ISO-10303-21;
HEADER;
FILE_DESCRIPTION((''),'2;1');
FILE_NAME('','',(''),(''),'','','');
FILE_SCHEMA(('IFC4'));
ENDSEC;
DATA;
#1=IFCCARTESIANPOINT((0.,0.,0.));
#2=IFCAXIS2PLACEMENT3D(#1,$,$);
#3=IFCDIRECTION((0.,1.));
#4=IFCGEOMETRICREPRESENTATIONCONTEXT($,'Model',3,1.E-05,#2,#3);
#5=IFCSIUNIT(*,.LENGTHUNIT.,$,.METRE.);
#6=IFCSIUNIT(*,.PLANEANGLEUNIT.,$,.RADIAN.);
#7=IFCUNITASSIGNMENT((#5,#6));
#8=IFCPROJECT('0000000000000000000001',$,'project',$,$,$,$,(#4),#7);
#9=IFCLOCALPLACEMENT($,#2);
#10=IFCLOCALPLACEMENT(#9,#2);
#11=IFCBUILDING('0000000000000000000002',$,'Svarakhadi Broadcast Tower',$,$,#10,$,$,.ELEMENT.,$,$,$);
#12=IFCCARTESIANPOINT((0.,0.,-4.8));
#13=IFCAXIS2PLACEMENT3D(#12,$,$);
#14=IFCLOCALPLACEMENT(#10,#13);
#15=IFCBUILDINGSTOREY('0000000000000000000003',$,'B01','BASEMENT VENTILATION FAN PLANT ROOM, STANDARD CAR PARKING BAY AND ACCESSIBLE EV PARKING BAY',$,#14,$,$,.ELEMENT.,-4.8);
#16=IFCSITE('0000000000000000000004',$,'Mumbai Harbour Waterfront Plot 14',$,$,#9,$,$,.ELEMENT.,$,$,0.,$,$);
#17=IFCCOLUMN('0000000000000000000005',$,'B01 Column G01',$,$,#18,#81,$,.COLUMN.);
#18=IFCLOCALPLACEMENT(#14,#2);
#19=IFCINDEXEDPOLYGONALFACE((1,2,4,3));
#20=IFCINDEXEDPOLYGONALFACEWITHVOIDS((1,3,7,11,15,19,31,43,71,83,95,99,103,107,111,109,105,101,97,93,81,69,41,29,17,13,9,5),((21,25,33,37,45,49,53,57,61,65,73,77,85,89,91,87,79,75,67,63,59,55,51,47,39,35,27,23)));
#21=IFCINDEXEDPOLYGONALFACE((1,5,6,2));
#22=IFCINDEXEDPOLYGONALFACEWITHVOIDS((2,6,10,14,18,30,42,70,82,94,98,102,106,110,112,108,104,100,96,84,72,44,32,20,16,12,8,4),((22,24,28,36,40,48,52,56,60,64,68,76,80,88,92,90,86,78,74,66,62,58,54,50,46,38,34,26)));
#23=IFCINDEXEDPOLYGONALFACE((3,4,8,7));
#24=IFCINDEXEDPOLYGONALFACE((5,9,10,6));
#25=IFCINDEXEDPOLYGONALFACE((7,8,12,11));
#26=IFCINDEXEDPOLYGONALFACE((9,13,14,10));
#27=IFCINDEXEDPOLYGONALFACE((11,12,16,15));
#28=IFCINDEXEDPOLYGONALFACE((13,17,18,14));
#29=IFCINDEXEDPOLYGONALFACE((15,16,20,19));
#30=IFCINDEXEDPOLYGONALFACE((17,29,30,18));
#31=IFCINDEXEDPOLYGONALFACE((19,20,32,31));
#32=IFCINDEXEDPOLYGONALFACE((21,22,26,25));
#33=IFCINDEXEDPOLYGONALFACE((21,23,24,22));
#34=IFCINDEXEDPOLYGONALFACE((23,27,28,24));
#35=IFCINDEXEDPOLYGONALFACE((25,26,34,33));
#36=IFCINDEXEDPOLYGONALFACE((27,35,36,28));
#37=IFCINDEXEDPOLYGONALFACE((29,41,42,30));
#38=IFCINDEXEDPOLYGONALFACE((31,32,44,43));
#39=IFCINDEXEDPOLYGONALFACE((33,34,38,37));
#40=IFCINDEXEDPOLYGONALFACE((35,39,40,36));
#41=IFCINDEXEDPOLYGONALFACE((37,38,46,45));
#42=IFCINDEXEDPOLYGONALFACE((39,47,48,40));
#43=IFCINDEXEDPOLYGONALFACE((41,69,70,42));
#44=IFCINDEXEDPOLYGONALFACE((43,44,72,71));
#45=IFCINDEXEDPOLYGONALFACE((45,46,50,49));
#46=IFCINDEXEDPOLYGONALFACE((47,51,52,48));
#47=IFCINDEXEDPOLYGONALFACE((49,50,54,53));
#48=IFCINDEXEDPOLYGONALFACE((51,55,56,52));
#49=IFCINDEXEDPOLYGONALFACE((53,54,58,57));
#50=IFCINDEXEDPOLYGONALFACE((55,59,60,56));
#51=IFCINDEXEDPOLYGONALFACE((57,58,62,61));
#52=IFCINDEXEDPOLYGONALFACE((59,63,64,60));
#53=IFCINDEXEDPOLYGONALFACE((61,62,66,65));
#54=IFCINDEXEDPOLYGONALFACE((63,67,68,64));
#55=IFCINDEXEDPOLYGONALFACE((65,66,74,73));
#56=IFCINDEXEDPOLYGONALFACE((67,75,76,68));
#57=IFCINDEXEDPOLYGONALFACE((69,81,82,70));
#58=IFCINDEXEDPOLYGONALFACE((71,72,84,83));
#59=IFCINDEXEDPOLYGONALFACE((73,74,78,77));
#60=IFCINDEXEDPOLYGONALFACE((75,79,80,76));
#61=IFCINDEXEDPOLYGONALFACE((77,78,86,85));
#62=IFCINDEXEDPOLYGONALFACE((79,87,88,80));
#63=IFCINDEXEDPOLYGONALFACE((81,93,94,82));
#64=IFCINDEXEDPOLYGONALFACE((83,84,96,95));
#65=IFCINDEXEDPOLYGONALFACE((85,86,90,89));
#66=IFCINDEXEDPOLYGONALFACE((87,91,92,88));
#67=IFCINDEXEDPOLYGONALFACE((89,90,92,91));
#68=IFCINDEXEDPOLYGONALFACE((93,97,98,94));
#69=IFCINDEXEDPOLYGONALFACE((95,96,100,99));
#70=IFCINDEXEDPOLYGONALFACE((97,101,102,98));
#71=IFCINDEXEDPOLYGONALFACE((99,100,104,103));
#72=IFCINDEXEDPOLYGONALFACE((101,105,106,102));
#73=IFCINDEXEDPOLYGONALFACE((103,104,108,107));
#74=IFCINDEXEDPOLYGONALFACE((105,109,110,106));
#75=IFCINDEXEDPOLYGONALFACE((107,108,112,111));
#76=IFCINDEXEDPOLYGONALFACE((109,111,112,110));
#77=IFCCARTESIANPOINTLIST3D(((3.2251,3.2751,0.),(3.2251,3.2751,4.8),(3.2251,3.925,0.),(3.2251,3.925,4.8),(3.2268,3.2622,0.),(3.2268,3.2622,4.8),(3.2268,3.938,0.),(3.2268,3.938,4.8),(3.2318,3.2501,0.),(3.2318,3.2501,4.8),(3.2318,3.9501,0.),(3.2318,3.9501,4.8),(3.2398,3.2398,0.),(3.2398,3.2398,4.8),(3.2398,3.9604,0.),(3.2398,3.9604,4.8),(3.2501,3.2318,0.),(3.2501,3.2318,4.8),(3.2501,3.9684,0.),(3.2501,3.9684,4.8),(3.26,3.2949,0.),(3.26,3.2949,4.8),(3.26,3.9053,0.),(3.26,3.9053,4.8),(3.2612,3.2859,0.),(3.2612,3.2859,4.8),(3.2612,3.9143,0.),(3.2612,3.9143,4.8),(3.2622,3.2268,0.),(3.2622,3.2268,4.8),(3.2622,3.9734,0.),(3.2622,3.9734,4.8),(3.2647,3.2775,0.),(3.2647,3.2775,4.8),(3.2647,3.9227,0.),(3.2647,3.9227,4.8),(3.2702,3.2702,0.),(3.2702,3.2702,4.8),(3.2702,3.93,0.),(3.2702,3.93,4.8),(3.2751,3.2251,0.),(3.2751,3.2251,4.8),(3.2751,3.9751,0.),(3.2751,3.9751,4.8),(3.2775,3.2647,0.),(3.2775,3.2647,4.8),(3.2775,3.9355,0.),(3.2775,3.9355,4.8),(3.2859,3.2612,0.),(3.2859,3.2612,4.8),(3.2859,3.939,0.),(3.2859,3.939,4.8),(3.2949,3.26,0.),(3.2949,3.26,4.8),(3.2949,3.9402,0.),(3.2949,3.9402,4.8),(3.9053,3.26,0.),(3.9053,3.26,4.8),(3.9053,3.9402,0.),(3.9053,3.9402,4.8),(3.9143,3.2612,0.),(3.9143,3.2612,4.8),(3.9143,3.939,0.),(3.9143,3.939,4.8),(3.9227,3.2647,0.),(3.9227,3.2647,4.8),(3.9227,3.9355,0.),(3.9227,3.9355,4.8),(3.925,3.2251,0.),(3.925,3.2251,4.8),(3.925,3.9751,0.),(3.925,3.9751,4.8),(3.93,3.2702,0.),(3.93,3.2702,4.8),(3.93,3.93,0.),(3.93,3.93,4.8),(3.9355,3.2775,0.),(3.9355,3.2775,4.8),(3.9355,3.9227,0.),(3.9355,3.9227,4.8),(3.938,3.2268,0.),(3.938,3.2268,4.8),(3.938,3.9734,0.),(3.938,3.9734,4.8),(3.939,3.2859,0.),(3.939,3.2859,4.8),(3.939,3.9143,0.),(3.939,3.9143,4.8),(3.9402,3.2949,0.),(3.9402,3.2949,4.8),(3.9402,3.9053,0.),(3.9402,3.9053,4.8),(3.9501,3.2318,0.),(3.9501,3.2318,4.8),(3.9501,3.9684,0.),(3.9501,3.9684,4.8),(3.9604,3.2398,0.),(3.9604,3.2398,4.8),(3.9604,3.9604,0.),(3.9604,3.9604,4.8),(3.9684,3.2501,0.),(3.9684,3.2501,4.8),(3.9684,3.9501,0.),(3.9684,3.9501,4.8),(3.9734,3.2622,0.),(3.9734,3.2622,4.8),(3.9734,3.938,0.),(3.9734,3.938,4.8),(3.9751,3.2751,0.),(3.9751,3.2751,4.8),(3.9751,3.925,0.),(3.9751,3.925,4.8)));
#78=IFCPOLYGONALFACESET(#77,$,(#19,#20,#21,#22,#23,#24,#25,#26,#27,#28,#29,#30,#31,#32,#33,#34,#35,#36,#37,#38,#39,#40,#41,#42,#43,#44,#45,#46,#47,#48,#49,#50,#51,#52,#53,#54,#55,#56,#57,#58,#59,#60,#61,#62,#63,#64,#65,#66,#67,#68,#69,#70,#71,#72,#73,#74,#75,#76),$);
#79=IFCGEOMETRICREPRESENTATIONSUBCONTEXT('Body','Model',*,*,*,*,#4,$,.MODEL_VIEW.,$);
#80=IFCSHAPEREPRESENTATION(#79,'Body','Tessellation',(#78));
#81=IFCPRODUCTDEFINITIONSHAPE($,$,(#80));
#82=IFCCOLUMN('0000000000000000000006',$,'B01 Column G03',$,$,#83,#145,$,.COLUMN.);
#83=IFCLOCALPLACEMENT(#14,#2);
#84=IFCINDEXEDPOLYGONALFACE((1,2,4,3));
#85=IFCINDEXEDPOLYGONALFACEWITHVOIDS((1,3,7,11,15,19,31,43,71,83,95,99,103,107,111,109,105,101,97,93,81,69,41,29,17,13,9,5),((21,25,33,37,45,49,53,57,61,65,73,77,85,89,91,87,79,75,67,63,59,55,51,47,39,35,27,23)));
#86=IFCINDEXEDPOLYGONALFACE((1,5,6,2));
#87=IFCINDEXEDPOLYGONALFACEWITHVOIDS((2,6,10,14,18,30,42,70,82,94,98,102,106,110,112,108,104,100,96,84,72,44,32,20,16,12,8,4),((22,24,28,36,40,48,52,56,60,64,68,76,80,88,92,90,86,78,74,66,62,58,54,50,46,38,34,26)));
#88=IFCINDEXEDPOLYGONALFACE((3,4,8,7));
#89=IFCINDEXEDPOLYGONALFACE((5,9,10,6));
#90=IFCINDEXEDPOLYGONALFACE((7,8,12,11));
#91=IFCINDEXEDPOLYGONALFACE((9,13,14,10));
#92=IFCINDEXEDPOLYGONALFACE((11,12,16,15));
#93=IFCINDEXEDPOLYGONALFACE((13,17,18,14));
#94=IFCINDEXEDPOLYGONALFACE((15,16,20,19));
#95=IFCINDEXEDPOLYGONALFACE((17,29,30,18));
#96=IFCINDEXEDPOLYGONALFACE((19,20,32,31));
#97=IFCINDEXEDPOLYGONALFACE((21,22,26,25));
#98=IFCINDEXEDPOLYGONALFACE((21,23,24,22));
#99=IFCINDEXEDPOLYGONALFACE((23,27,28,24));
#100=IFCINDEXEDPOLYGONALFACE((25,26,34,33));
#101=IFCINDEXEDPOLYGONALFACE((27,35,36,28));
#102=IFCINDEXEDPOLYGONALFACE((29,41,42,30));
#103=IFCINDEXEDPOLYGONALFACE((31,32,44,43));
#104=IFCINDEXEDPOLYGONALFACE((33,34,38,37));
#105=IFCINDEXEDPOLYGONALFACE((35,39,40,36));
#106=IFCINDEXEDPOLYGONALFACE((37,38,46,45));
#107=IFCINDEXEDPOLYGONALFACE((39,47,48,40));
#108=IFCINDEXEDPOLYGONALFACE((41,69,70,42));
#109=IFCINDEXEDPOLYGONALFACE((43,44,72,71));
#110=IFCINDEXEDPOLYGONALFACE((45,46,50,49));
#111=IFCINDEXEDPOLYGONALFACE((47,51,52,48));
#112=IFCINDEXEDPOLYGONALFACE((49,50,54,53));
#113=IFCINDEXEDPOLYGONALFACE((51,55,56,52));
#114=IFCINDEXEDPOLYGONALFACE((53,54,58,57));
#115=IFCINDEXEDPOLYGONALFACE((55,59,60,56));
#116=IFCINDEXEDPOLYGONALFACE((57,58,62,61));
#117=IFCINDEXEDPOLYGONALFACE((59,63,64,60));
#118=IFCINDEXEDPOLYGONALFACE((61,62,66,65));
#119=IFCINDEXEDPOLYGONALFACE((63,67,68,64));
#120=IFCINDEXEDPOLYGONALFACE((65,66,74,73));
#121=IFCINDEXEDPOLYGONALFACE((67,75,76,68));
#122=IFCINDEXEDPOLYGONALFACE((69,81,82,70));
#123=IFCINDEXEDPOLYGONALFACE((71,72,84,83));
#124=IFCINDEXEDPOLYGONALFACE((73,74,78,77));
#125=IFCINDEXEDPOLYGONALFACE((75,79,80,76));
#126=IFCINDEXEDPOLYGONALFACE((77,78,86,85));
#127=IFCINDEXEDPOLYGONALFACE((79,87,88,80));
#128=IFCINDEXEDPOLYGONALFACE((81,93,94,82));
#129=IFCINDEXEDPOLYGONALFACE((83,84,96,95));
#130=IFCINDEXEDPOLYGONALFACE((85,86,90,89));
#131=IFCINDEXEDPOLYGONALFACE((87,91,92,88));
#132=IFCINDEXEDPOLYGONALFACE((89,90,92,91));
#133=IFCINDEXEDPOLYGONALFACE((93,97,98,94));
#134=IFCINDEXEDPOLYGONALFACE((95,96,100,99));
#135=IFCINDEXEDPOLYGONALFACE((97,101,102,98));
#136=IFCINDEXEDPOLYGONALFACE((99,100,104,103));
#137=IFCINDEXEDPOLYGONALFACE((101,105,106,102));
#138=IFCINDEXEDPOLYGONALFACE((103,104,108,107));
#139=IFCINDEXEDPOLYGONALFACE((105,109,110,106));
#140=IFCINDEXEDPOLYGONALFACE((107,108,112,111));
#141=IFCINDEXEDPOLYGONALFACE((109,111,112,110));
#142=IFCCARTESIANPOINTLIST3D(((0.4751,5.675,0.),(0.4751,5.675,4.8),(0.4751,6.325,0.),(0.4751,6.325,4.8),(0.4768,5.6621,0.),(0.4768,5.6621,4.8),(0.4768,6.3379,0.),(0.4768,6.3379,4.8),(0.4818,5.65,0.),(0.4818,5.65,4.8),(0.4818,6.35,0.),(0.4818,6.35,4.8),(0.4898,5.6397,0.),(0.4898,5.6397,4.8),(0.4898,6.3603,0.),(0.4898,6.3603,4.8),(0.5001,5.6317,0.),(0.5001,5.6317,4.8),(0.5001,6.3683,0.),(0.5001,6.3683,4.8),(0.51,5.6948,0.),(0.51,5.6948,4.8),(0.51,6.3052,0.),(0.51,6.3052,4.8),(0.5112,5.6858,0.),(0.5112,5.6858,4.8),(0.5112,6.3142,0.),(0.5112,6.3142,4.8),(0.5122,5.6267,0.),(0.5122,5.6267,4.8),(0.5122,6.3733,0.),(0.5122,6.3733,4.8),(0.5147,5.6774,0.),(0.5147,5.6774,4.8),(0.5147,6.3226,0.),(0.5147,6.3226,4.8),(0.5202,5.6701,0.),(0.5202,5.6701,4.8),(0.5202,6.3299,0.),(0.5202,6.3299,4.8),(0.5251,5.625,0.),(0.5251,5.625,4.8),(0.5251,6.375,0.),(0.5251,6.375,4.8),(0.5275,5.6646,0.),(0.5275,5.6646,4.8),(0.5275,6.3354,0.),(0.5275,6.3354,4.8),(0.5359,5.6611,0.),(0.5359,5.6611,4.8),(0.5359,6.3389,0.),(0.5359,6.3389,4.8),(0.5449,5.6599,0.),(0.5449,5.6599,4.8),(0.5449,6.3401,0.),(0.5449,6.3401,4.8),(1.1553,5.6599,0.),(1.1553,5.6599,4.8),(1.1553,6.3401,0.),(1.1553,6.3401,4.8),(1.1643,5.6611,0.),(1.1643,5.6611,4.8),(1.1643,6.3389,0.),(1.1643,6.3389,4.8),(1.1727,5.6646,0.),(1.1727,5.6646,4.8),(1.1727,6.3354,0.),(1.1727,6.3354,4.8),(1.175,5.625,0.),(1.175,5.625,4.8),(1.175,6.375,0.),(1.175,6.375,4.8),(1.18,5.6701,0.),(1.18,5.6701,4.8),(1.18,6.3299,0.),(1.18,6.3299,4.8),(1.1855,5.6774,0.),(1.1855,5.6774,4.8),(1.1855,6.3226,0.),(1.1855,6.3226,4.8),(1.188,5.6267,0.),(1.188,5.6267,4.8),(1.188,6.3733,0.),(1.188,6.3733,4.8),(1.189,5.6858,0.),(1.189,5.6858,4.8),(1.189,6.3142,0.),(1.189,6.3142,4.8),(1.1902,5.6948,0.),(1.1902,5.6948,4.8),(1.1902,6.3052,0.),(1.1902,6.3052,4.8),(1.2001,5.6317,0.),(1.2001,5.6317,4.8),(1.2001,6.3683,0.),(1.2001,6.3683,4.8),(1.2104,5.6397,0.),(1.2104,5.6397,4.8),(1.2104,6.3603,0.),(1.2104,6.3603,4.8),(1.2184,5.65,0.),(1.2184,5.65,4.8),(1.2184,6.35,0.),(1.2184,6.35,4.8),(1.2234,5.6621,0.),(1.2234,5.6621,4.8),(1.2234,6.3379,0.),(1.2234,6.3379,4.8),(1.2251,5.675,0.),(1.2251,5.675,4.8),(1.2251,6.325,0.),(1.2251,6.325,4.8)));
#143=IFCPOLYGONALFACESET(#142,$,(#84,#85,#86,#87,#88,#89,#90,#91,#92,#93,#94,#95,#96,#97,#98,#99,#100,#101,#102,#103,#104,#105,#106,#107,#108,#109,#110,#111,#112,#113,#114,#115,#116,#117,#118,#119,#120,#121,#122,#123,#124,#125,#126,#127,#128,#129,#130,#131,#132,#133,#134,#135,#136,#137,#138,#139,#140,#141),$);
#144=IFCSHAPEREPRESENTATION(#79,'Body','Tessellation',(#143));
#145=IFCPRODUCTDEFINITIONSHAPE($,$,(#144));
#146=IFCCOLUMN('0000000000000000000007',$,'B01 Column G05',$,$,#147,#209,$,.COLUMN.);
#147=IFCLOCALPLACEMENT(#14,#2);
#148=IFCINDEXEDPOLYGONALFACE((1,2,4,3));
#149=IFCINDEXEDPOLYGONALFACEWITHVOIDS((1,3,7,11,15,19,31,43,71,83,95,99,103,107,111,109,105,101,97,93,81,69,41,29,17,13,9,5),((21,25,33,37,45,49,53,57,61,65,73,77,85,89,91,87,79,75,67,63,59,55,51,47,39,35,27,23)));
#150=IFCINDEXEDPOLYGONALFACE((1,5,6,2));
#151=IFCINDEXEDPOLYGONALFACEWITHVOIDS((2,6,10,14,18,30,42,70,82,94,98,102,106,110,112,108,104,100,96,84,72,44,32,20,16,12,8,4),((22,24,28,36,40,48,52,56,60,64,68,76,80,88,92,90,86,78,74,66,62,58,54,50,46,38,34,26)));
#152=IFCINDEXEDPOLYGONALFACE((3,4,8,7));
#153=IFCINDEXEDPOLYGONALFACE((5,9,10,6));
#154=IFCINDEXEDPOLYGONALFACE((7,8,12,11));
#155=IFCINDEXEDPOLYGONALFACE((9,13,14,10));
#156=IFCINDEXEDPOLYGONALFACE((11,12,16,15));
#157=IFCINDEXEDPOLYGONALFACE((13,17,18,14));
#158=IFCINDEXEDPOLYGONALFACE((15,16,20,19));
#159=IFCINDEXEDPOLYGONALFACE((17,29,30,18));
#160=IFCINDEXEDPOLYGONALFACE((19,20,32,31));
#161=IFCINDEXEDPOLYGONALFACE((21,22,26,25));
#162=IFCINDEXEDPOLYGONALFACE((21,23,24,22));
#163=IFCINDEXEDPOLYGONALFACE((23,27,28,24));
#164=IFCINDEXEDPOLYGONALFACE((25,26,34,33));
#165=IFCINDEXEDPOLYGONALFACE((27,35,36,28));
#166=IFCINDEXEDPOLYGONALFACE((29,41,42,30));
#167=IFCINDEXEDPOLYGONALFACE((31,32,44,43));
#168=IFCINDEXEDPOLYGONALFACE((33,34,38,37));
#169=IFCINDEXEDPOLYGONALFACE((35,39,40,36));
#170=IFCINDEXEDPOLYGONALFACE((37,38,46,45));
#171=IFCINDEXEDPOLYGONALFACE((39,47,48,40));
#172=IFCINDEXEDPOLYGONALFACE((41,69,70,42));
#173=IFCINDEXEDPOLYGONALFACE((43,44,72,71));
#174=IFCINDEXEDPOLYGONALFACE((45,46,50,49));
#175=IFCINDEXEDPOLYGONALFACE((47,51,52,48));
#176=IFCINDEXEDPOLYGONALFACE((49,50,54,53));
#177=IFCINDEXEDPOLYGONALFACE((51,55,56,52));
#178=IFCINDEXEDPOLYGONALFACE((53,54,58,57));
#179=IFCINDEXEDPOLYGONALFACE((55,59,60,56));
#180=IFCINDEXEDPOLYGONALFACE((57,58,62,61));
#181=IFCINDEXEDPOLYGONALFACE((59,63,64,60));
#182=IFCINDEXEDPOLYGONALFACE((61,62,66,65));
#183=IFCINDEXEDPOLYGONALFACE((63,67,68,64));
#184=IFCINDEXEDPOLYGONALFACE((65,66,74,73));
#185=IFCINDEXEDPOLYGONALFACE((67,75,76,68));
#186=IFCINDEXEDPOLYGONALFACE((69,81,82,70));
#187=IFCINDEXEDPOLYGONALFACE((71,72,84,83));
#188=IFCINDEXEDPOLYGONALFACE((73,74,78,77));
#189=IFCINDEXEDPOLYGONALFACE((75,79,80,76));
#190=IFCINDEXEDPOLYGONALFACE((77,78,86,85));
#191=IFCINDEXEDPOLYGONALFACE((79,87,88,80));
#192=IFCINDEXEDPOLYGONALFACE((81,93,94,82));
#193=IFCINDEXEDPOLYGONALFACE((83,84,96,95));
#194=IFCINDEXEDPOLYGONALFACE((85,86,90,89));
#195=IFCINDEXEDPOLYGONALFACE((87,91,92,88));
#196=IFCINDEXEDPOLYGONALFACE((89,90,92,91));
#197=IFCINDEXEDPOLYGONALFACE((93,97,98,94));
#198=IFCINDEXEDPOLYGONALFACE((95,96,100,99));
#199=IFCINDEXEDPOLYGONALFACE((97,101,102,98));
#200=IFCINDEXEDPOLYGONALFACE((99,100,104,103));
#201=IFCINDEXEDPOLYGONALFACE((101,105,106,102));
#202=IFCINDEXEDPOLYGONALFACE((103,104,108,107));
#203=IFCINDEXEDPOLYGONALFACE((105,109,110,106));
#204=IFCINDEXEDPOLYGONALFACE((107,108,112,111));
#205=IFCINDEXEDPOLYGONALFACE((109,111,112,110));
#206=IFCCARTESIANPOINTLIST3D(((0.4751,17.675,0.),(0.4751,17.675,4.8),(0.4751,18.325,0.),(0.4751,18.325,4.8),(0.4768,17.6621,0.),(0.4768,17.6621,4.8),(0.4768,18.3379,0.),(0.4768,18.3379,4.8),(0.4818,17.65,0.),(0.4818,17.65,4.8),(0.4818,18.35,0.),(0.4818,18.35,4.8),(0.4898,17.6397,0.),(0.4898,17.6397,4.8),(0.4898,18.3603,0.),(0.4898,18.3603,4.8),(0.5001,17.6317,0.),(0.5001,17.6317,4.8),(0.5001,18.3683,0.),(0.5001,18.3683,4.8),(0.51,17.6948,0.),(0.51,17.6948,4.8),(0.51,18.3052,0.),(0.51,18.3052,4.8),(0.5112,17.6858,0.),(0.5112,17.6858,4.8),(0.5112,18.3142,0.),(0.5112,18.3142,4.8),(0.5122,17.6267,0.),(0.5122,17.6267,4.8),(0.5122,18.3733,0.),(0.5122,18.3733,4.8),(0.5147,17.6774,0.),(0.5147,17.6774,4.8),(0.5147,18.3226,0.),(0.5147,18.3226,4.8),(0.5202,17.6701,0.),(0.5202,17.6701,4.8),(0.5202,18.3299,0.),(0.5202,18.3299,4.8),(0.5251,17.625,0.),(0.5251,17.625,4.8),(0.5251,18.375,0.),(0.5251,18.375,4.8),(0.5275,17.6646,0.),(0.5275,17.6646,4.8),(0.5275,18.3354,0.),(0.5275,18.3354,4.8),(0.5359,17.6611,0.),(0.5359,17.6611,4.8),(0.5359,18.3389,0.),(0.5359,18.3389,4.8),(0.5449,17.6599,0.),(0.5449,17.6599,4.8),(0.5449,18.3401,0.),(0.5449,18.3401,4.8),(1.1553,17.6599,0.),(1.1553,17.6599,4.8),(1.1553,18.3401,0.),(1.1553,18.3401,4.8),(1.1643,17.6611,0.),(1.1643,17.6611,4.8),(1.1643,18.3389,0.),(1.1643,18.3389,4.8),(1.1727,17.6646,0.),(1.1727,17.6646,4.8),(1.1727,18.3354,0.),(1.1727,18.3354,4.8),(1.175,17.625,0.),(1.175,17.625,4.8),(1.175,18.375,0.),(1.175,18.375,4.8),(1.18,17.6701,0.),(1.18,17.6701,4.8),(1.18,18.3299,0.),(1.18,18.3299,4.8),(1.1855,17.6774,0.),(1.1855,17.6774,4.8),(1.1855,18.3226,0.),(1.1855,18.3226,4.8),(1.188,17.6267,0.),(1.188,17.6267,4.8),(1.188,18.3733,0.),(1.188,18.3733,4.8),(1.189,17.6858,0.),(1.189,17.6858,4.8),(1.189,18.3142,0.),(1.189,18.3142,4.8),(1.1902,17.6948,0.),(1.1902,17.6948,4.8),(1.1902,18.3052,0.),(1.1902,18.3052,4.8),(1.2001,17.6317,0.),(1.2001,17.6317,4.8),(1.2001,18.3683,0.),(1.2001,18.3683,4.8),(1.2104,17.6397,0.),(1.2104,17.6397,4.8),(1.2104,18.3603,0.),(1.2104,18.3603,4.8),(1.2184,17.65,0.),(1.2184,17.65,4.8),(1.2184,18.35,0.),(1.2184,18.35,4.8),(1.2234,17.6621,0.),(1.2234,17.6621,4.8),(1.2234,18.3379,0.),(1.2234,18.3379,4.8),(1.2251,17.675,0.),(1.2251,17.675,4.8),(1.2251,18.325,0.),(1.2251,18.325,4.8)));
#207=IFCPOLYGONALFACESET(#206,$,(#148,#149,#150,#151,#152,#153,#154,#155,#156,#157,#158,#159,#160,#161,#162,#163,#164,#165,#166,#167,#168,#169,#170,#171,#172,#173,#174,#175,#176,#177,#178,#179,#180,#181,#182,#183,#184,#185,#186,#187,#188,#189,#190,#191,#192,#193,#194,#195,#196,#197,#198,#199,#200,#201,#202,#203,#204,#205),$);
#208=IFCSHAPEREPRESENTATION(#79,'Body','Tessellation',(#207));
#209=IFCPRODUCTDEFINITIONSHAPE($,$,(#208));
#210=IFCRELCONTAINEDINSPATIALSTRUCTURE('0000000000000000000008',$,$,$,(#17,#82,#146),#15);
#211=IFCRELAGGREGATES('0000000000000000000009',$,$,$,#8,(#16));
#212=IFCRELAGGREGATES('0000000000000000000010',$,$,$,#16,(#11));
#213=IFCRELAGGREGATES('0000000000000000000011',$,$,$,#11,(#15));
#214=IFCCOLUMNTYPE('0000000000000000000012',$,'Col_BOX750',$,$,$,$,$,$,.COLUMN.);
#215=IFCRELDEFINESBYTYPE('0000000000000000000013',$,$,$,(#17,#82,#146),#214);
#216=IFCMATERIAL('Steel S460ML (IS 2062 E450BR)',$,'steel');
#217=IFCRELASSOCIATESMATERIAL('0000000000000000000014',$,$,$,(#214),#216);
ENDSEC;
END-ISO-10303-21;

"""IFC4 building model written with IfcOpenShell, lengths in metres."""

from ifc_helpers import new_model, si_unit, direction, frame, origin, origin_2d, place, context, subcontext, project, spatial, hollow_rectangle, extrude, material, material_profile, profile_set, type_object, element, save


model = new_model("IFC4")

# Units and contexts
model_context = context("Model", 3, precision=1e-05, world=origin(), true_north=direction((0.0, 1.0)))
body_context = subcontext(model_context, "Body", "Model", "MODEL_VIEW")
ifc_project = project(units=[si_unit("LENGTHUNIT", "METRE"), si_unit("PLANEANGLEUNIT", "RADIAN")], contexts=[model_context])

# Site, building, storey
site_placement = place(None, origin())
site = spatial("IfcSite", under=ifc_project, at=site_placement, Name="Mumbai Harbour Waterfront Plot 14", CompositionType="ELEMENT", RefElevation=0.0)
building_placement = place(site_placement, origin())
building = spatial("IfcBuilding", under=site, at=building_placement, Name="Svarakhadi Broadcast Tower", CompositionType="ELEMENT")
storey_placement = place(building_placement, frame((0.0, 0.0, -4.8)))
storey = spatial("IfcBuildingStorey", under=building, at=storey_placement, Name="B01", Description="BASEMENT VENTILATION FAN PLANT ROOM, STANDARD CAR PARKING BAY AND ACCESSIBLE EV PARKING BAY", CompositionType="ELEMENT", Elevation=-4.8)

# Columns
ifc_material_1 = material(Name="Steel S460ML (IS 2062 E450BR)", Category="steel")
ifc_material_profile_1 = material_profile(ifc_material_1, hollow_rectangle(XDim=0.75, YDim=0.75, WallThickness=0.0349, InnerFilletRadius=0.0349, OuterFilletRadius=0.05, at=origin_2d()), Name="BOX 750x750x35")
ifc_profile_set_1 = profile_set([ifc_material_profile_1], Name="Steel S460ML (IS 2062 E450BR)")
column_type_1 = type_object("IfcColumnType", Name="Col_BOX750", PredefinedType="COLUMN", material=ifc_profile_set_1)
for number, where, z_axis, x_axis, name in (
    (1, (3.6001, 3.6001, 0.0), (0.0, 0.0, 1.0), (1.0, 0.0, 0.0), "B01 Column G01"),
    (2, (0.8501, 6.0, 0.0), (0.0, 0.0, 1.0), (1.0, 0.0, 0.0), "B01 Column G03"),
    (3, (0.8501, 18.0, 0.0), (0.0, 0.0, 1.0), (1.0, 0.0, 0.0), "B01 Column G05"),
):
    element("IfcColumn", number, at=place(storey_placement, frame(where, z_axis=z_axis, x_axis=x_axis)), inside=storey, type_object=column_type_1, Name=name, PredefinedType="COLUMN", context=body_context, shape_type="SweptSolid", body=[
        extrude(hollow_rectangle(XDim=0.75, YDim=0.75, WallThickness=0.0349, InnerFilletRadius=0.0349, OuterFilletRadius=0.05, at=origin_2d()), origin(), (0.0, 0.0, 1.0), 4.8),
    ])

save(model, "model.ifc")
